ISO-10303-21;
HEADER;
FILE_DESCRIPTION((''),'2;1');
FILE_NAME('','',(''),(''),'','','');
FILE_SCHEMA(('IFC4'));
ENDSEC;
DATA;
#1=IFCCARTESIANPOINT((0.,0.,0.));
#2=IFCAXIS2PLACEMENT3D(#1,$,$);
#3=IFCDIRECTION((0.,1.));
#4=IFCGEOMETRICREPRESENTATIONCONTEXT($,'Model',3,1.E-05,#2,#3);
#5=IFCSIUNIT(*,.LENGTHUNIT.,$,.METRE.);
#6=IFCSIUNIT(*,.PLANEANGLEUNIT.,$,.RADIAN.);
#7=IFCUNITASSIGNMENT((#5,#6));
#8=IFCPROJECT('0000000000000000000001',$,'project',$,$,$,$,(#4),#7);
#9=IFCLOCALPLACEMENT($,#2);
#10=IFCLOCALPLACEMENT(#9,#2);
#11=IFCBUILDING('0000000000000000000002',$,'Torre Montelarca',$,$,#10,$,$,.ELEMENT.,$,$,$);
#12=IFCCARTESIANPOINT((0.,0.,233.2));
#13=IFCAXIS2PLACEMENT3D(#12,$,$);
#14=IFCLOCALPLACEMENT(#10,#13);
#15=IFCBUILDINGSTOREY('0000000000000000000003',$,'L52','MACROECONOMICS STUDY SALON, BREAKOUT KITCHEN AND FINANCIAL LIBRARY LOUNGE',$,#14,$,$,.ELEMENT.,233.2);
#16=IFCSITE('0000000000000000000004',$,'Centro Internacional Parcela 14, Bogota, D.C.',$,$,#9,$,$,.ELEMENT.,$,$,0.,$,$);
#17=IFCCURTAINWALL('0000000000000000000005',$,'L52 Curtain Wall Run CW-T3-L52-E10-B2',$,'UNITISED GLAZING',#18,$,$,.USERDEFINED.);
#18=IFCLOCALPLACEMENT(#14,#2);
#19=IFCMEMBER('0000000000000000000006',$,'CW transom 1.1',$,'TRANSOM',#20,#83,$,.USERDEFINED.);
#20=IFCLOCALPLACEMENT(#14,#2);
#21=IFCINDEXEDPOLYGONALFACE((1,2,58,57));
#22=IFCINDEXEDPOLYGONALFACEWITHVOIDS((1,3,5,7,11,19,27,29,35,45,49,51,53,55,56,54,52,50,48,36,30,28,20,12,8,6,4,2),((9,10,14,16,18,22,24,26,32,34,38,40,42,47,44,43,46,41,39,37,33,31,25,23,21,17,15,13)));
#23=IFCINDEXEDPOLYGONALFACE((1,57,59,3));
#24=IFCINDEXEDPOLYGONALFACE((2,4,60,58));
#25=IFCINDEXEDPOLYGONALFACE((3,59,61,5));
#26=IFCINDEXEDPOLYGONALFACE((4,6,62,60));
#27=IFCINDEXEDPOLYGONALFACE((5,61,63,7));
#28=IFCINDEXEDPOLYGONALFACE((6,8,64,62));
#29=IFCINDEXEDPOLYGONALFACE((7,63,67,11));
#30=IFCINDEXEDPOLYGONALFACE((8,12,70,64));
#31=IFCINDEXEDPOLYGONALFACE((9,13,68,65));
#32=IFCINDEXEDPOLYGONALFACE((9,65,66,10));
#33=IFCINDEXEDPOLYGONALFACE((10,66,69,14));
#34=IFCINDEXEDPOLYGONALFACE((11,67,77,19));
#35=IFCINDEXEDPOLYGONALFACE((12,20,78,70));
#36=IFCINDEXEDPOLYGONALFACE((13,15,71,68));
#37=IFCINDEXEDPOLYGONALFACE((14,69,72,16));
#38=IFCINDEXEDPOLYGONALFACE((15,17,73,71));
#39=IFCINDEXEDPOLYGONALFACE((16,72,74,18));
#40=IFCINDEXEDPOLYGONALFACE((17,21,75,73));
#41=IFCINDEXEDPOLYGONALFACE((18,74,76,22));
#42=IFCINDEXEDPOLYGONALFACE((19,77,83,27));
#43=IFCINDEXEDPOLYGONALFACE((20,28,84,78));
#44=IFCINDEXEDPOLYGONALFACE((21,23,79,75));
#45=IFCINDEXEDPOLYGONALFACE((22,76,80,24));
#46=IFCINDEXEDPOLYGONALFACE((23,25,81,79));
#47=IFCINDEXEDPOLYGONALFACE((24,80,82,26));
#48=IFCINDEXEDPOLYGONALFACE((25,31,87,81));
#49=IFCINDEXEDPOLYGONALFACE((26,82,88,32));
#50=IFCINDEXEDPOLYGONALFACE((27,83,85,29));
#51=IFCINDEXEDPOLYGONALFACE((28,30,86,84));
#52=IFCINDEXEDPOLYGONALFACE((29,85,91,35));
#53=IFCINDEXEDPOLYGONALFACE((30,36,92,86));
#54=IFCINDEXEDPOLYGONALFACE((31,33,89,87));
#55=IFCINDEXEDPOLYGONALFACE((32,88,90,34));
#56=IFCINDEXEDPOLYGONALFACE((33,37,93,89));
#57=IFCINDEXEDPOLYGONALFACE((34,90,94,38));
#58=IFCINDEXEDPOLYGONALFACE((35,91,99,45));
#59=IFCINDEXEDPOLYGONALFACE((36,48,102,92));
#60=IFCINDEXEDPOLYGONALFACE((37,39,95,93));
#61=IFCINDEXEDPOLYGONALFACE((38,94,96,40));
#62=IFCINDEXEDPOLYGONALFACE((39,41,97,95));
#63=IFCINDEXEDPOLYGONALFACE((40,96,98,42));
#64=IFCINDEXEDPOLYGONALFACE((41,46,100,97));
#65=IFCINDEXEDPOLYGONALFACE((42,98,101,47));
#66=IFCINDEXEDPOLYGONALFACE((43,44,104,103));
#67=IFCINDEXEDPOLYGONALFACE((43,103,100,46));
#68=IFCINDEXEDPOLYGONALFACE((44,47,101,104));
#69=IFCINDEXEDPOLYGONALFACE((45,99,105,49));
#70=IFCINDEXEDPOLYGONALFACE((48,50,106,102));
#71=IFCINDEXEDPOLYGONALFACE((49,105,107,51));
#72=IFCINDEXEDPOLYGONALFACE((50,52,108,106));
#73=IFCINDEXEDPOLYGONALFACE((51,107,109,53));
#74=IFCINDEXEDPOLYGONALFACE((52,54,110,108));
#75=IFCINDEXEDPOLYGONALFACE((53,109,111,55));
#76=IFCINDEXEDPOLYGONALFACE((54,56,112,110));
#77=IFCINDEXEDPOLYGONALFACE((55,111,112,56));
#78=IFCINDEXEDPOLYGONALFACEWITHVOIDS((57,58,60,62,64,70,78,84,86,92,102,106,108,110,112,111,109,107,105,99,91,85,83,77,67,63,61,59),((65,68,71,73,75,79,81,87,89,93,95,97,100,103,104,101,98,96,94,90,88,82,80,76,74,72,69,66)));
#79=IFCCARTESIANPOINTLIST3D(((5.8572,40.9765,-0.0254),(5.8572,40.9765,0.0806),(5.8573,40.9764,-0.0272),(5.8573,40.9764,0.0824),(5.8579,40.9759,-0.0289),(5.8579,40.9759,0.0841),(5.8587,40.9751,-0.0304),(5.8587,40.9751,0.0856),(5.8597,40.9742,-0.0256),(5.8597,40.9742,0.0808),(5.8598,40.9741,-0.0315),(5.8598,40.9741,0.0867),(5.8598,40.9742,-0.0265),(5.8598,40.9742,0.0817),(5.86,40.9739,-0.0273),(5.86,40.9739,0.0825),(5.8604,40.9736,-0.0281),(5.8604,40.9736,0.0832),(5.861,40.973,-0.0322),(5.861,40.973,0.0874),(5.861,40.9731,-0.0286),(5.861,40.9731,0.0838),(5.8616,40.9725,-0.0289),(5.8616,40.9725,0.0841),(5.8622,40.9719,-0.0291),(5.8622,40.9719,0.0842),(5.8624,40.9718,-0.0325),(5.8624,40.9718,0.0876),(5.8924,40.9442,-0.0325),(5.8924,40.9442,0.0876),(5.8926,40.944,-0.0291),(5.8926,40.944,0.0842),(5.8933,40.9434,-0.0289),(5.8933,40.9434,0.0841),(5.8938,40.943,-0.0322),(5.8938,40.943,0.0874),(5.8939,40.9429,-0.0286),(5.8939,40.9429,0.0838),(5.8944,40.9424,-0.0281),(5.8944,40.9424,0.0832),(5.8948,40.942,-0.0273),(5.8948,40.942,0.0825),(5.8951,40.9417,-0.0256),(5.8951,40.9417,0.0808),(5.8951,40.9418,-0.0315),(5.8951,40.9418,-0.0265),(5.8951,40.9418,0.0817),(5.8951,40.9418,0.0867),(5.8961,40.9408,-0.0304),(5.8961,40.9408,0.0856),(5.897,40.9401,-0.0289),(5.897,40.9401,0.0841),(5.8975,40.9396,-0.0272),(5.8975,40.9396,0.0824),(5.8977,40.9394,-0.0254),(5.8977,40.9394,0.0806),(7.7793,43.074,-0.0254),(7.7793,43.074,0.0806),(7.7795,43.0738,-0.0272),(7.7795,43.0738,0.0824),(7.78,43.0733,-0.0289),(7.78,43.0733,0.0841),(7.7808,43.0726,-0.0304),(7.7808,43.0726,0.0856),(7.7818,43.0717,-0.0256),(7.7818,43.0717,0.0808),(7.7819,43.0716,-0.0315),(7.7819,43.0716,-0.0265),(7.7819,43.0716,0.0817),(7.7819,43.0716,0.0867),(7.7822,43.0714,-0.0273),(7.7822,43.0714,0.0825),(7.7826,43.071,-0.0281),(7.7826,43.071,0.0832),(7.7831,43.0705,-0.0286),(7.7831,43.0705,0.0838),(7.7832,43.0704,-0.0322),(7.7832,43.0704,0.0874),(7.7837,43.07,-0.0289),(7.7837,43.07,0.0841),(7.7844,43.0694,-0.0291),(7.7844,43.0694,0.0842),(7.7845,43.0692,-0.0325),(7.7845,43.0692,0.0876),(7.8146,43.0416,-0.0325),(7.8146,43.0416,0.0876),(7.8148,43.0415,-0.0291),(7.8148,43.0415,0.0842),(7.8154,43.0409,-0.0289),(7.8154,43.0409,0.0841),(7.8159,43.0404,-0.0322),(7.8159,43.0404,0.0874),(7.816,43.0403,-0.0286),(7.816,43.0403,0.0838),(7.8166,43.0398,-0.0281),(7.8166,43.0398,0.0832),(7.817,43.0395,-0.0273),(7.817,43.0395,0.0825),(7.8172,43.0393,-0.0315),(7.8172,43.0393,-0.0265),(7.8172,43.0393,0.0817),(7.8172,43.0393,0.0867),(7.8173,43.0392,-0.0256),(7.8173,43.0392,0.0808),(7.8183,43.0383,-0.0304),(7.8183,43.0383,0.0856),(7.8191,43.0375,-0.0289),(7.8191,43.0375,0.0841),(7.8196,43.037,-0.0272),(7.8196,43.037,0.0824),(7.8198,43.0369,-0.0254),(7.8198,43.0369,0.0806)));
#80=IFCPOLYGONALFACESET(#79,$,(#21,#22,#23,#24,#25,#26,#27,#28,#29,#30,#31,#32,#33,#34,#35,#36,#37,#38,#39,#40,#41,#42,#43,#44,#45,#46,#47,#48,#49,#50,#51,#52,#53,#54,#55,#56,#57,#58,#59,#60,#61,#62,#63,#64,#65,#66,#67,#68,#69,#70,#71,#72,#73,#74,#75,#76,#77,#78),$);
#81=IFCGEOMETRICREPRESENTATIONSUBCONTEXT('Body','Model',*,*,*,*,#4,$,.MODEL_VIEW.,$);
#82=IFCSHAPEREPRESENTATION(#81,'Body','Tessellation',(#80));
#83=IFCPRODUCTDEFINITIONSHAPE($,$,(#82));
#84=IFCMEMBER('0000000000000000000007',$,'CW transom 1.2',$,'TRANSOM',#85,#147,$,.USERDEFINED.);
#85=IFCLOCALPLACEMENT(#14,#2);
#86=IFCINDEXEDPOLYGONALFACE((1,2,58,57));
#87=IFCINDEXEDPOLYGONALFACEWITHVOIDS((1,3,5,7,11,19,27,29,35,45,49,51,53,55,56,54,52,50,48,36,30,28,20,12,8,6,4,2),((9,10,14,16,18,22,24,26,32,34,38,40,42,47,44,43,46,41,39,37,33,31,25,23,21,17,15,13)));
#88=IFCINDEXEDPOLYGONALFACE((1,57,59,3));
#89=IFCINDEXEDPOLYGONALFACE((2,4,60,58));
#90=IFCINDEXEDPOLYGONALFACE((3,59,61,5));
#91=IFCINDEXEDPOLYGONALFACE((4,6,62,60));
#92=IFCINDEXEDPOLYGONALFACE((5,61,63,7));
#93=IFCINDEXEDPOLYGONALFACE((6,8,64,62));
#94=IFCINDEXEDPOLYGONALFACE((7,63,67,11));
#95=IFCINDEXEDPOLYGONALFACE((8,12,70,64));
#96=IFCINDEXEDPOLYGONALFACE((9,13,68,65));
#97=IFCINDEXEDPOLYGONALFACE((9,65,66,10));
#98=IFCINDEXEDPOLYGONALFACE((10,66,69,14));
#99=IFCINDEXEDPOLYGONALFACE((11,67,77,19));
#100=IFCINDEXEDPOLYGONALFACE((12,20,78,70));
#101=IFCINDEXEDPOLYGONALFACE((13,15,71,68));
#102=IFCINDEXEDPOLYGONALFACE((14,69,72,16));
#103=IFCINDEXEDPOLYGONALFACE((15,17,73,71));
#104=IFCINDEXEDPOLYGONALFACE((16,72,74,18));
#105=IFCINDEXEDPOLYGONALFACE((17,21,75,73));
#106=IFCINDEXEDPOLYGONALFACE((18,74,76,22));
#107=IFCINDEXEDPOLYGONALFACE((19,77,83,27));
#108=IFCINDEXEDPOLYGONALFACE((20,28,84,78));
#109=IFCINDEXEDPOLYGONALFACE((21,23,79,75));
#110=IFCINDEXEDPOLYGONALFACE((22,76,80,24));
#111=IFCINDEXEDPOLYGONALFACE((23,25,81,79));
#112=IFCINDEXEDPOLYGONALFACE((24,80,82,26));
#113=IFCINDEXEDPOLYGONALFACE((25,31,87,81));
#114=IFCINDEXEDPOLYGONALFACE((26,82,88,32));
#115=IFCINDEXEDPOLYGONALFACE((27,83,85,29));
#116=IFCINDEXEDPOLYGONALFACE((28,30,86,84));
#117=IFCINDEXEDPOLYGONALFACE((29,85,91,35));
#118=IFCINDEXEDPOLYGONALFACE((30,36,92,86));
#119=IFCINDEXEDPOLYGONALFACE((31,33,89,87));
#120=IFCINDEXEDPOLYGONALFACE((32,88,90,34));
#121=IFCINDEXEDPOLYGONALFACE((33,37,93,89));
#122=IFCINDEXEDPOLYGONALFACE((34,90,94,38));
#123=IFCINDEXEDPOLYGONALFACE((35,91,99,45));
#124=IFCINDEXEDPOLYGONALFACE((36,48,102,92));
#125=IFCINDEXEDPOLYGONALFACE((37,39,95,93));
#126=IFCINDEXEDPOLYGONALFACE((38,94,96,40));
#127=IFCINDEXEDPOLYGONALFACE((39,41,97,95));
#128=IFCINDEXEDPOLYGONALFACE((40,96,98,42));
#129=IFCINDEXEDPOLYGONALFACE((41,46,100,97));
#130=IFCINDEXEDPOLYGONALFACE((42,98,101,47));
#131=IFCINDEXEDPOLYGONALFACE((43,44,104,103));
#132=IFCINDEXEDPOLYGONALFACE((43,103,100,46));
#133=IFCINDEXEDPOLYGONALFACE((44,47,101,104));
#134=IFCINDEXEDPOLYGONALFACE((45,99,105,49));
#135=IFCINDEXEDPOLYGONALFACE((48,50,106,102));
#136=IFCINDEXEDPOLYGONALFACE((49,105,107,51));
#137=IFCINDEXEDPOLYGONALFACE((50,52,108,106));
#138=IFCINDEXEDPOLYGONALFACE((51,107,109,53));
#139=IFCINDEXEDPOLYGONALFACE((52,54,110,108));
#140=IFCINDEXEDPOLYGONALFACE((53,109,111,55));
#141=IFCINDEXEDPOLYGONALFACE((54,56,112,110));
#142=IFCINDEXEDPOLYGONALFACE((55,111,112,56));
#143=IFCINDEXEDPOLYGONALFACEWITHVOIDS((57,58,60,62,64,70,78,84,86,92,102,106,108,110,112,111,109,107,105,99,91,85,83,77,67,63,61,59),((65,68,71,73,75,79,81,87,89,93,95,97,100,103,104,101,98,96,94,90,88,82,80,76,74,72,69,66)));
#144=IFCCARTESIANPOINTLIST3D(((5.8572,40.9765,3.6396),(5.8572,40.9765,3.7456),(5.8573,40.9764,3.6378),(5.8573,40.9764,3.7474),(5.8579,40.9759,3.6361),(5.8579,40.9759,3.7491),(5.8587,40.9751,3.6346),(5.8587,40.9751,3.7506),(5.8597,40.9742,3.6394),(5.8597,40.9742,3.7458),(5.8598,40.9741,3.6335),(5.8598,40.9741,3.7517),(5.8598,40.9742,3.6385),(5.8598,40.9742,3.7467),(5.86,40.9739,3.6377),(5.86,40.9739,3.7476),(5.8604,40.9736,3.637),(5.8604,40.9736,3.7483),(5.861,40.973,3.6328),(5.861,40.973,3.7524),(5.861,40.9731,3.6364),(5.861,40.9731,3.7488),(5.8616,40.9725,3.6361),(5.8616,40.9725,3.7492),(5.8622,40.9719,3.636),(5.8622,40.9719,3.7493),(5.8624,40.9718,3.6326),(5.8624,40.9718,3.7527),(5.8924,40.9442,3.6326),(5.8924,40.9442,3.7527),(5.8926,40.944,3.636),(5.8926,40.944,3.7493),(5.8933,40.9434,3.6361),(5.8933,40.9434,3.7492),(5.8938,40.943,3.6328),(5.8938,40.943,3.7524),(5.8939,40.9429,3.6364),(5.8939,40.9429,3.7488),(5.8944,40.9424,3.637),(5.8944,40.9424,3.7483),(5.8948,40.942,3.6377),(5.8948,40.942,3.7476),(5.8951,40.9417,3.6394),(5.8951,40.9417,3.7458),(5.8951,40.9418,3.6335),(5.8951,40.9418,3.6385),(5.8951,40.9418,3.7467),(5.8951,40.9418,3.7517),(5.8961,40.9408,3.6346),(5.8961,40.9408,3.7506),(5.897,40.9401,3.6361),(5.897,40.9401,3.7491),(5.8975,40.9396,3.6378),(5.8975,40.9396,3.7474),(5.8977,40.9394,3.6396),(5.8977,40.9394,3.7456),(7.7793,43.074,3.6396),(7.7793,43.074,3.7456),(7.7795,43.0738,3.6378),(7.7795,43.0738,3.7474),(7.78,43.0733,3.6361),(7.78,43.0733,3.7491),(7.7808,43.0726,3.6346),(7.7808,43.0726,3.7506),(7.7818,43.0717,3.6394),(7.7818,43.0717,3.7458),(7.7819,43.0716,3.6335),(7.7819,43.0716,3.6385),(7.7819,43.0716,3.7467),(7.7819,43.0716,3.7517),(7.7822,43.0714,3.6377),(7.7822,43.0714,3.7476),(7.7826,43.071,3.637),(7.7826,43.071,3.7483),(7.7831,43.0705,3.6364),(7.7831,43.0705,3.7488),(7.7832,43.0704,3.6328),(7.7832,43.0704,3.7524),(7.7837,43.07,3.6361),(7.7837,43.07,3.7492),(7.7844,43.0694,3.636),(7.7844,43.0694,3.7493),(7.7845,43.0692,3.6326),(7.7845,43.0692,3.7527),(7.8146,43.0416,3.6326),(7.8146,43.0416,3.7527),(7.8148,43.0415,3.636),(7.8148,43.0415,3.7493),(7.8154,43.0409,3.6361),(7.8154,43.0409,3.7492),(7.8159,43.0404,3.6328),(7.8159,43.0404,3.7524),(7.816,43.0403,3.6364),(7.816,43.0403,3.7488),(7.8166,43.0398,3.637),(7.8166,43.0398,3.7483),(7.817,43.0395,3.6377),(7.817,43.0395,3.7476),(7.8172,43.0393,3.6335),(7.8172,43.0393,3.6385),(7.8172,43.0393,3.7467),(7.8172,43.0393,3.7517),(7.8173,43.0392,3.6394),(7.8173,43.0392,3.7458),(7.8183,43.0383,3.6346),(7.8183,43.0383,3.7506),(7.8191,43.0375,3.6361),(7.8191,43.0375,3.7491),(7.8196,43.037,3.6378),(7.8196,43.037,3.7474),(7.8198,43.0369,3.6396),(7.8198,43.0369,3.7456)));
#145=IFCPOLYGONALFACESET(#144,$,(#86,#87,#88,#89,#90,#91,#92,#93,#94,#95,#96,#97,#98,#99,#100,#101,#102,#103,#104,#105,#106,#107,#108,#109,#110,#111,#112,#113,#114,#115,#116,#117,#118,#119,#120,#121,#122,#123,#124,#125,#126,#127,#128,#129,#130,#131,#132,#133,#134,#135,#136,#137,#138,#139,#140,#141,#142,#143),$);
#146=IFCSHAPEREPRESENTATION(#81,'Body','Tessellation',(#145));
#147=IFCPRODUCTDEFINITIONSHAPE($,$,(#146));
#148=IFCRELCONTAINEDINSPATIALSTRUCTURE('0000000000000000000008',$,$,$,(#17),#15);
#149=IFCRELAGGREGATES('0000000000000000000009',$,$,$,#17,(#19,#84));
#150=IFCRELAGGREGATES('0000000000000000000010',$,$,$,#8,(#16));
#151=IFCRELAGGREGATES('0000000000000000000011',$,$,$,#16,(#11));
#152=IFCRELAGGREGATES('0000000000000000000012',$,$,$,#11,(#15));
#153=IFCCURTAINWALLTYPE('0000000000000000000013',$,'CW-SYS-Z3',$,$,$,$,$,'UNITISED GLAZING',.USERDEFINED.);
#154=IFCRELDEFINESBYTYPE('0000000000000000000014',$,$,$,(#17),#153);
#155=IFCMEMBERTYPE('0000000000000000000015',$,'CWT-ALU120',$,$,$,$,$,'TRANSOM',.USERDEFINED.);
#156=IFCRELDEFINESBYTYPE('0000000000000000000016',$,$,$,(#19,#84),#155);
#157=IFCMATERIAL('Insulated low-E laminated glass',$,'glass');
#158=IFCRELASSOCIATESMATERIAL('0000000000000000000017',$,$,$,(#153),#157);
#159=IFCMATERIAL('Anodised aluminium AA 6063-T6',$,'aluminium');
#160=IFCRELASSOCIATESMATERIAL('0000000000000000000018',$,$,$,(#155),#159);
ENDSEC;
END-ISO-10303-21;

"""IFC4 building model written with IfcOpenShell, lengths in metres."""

from ifc_helpers import new_model, si_unit, direction, frame, origin, origin_2d, place, context, subcontext, project, spatial, hollow_rectangle, extrude, source, transform, mapped, material, material_profile, profile_set, type_object, element, aggregate, save


model = new_model("IFC4")

# Units and contexts
model_context = context("Model", 3, precision=1e-05, world=origin(), true_north=direction((0.0, 1.0)))
body_context = subcontext(model_context, "Body", "Model", "MODEL_VIEW")
ifc_project = project(units=[si_unit("LENGTHUNIT", "METRE"), si_unit("PLANEANGLEUNIT", "RADIAN")], contexts=[model_context])

# Site, building, storey
site_placement = place(None, origin())
site = spatial("IfcSite", under=ifc_project, at=site_placement, Name="Centro Internacional Parcela 14, Bogota, D.C.", CompositionType="ELEMENT", RefElevation=0.0)
building_placement = place(site_placement, origin())
building = spatial("IfcBuilding", under=site, at=building_placement, Name="Torre Montelarca", CompositionType="ELEMENT")
storey_placement = place(building_placement, frame((0.0, 0.0, 233.2)))
storey = spatial("IfcBuildingStorey", under=building, at=storey_placement, Name="L52", Description="MACROECONOMICS STUDY SALON, BREAKOUT KITCHEN AND FINANCIAL LIBRARY LOUNGE", CompositionType="ELEMENT", Elevation=233.2)

# Shared definitions
ifc_material_1 = material(Name="Insulated low-E laminated glass", Category="glass")
curtain_wall_type = type_object("IfcCurtainWallType", Name="CW-SYS-Z3", ElementType="UNITISED GLAZING", PredefinedType="USERDEFINED", material=ifc_material_1)
ifc_material_2 = material(Name="Anodised aluminium AA 6063-T6", Category="aluminium")

# Curtain wall
curtain_wall_1_placement = place(storey_placement, origin())
curtain_wall_1 = element("IfcCurtainWall", 1, at=curtain_wall_1_placement, inside=storey, type_object=curtain_wall_type, Name="L52 Curtain Wall Run CW-T3-L52-E10-B2", ObjectType="UNITISED GLAZING", PredefinedType="USERDEFINED")

# Members
ifc_material_profile_1 = material_profile(ifc_material_2, hollow_rectangle(XDim=0.0549, YDim=0.1201, WallThickness=0.0034, InnerFilletRadius=0.0034, OuterFilletRadius=0.0071, at=origin_2d()), Name="ALU55X120X3.5", Category="aluminium")
ifc_profile_set_1 = profile_set([ifc_material_profile_1], Name="Anodised aluminium AA 6063-T6")
member_type_1 = type_object("IfcMemberType", Name="CWT-ALU120", ElementType="TRANSOM", PredefinedType="USERDEFINED", material=ifc_profile_set_1)
shared_shape_1 = source(origin(), body_context, "Body", "SweptSolid", [
    extrude(hollow_rectangle(XDim=0.0549, YDim=0.1201, WallThickness=0.0034, InnerFilletRadius=0.0034, OuterFilletRadius=0.0071, at=origin_2d()), origin(), (0.0, 0.0, 1.0), 2.845),
])
member_1_placement = place(storey_placement, frame((7.7996, 43.0554, 0.0276), z_axis=(-0.675627, -0.737243, 0.0), x_axis=(0.737243, -0.675627, 0.0)))
member_1 = element("IfcMember", 2, at=member_1_placement, type_object=member_type_1, Name="CW transom 1.1", ObjectType="TRANSOM", PredefinedType="USERDEFINED", context=body_context, shape_type="MappedRepresentation", body=[
    mapped(shared_shape_1, transform((0.0, 0.0, 0.0), scale=1.0)),
])
member_2_placement = place(storey_placement, frame((7.7996, 43.0554, 3.6926), z_axis=(-0.675627, -0.737243, 0.0), x_axis=(0.737243, -0.675627, 0.0)))
member_2 = element("IfcMember", 3, at=member_2_placement, type_object=member_type_1, Name="CW transom 1.2", ObjectType="TRANSOM", PredefinedType="USERDEFINED", context=body_context, shape_type="MappedRepresentation", body=[
    mapped(shared_shape_1, transform((0.0, 0.0, 0.0), scale=1.0)),
])

aggregate(curtain_wall_1, [member_1, member_2])

save(model, "model.ifc")
